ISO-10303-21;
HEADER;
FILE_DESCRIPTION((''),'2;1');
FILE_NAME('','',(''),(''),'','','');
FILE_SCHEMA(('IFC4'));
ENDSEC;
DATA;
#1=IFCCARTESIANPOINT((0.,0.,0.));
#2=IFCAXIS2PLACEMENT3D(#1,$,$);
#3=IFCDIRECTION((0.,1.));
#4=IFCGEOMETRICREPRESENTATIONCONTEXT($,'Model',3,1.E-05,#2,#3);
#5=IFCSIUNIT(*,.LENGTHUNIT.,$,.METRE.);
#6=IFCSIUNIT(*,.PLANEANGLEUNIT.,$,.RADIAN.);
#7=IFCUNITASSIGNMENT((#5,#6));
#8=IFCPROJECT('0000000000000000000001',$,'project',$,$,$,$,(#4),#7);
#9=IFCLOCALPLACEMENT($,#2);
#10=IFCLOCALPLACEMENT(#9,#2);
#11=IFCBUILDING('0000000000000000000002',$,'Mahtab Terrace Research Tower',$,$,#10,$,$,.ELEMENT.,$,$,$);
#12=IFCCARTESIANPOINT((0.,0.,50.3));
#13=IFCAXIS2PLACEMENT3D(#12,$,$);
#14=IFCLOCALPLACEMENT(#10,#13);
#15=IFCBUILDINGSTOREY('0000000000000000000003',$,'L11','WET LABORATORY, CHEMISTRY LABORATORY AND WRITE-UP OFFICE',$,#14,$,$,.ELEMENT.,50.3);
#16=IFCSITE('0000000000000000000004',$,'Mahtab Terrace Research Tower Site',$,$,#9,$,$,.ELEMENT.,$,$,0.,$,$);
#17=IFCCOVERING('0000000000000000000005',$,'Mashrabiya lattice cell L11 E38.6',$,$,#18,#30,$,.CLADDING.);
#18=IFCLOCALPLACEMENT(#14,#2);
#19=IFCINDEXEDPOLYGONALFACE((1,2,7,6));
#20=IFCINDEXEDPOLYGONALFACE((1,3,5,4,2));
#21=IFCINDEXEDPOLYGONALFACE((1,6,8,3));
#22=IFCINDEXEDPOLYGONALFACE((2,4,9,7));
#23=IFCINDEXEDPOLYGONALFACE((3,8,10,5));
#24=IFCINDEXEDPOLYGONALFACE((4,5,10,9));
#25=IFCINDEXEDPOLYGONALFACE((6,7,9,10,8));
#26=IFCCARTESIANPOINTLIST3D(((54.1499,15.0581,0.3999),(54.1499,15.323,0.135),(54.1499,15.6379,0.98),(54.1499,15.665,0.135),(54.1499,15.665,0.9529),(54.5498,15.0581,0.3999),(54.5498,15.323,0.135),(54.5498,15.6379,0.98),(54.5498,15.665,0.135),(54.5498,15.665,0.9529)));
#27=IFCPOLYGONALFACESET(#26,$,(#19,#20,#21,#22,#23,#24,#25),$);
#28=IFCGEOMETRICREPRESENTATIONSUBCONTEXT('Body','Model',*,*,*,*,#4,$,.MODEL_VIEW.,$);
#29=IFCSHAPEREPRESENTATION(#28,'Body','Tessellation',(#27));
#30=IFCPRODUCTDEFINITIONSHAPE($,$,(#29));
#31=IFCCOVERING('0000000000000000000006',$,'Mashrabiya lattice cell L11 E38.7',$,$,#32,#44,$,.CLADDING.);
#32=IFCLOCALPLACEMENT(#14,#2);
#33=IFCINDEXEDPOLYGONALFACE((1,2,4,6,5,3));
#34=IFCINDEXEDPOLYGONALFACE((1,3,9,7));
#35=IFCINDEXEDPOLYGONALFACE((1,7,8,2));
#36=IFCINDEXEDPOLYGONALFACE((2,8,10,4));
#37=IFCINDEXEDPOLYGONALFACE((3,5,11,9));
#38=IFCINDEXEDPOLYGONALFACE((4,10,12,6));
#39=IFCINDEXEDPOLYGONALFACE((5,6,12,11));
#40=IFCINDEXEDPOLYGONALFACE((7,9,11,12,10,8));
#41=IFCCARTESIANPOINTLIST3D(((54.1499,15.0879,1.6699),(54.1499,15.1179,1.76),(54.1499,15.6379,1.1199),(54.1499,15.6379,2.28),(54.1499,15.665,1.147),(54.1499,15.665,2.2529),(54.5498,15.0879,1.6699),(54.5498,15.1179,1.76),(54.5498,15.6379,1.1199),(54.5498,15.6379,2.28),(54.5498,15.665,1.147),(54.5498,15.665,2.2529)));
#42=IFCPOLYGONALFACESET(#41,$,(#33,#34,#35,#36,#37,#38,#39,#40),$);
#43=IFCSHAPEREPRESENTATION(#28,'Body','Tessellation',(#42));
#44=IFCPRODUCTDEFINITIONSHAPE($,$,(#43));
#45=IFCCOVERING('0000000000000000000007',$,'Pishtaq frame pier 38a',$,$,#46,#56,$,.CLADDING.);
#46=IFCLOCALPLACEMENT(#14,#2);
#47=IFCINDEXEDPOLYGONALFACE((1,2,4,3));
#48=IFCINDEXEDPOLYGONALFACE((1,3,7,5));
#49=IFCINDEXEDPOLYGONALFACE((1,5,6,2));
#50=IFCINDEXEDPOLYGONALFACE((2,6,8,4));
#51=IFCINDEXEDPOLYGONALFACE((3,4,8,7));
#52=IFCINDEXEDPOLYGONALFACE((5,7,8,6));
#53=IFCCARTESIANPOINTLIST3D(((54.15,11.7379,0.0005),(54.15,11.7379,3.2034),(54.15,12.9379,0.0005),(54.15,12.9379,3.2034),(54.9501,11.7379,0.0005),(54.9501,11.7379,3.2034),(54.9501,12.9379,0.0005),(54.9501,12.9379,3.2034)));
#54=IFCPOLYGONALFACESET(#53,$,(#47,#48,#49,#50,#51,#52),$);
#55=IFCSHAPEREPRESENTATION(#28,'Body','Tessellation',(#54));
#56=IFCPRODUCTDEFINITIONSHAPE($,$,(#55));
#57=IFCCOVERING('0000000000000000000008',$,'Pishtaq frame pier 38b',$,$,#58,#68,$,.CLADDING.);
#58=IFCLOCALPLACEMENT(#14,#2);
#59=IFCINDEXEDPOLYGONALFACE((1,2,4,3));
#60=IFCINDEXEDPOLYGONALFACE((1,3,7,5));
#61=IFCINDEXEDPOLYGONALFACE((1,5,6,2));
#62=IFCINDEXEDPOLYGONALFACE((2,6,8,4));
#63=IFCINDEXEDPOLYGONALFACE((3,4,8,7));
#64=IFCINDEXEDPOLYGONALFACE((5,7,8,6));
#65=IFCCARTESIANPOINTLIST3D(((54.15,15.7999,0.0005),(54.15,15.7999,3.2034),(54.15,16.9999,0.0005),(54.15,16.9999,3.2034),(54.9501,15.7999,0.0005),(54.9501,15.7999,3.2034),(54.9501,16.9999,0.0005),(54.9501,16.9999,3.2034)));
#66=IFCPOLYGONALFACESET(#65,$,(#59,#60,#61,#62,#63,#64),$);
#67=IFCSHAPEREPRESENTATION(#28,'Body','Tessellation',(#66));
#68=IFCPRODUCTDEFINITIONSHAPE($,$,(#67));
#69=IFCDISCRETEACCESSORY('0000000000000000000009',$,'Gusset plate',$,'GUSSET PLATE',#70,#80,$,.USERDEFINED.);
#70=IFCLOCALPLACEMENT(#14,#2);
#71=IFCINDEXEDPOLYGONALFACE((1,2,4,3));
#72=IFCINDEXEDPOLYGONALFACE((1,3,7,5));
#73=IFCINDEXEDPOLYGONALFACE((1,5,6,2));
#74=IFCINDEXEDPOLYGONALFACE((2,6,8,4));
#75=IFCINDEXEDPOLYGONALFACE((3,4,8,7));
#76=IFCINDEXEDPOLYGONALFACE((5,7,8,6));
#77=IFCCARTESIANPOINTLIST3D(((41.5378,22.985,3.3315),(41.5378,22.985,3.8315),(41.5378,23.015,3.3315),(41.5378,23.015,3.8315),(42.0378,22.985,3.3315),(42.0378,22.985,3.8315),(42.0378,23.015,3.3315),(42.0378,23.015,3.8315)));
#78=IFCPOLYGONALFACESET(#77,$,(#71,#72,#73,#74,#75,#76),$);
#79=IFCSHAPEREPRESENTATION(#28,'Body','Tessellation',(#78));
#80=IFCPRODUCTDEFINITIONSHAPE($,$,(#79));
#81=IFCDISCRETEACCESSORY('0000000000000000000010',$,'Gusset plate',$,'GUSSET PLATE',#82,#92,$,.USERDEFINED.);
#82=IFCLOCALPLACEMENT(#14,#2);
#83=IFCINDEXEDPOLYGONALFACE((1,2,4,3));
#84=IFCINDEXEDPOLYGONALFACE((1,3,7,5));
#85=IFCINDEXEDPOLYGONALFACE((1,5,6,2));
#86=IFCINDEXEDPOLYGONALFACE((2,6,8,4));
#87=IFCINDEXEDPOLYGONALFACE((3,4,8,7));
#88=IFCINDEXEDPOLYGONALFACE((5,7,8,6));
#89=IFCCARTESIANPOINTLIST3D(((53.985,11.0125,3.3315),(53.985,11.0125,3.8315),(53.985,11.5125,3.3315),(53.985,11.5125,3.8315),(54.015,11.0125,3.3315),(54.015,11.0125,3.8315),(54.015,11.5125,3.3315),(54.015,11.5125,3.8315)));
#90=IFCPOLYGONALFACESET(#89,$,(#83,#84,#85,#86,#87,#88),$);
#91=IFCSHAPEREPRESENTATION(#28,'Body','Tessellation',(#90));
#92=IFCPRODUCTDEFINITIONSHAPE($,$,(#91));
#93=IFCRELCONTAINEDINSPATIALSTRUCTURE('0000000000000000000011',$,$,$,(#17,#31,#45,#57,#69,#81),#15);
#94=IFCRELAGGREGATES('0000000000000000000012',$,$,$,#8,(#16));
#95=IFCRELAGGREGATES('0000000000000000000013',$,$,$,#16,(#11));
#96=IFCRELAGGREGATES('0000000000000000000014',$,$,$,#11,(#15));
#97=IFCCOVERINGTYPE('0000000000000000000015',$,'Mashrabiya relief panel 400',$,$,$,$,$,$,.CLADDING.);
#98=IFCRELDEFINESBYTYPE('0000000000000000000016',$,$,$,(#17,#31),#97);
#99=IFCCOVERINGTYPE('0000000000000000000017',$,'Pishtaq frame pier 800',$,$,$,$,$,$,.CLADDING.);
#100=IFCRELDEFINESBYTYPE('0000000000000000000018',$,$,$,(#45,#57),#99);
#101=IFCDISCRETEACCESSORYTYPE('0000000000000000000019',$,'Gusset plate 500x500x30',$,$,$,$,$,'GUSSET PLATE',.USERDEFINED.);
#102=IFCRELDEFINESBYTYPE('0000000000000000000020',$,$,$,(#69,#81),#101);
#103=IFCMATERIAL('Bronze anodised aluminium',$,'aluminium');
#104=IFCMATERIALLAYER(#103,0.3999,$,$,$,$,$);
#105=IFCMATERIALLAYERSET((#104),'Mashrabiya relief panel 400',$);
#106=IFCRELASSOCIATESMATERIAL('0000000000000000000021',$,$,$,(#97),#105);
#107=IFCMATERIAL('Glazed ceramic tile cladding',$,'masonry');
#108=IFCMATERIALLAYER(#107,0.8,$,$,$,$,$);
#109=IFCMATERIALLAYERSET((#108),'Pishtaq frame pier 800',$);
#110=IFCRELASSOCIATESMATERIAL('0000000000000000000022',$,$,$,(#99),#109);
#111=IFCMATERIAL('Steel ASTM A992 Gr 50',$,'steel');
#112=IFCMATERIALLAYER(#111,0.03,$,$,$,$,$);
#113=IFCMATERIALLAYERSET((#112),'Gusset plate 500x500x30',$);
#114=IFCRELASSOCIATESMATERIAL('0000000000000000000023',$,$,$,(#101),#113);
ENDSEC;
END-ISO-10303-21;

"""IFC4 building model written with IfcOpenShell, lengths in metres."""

from ifc_helpers import new_model, si_unit, direction, frame, origin, origin_2d, place, context, subcontext, project, spatial, polyline, rectangle, outline, extrude, material, layer, layer_set, type_object, element, save


model = new_model("IFC4")

# Units and contexts
model_context = context("Model", 3, precision=1e-05, world=origin(), true_north=direction((0.0, 1.0)))
body_context = subcontext(model_context, "Body", "Model", "MODEL_VIEW")
ifc_project = project(units=[si_unit("LENGTHUNIT", "METRE"), si_unit("PLANEANGLEUNIT", "RADIAN")], contexts=[model_context])

# Site, building, storey
site_placement = place(None, origin())
site = spatial("IfcSite", under=ifc_project, at=site_placement, Name="Mahtab Terrace Research Tower Site", CompositionType="ELEMENT", RefElevation=0.0)
building_placement = place(site_placement, origin())
building = spatial("IfcBuilding", under=site, at=building_placement, Name="Mahtab Terrace Research Tower", CompositionType="ELEMENT")
storey_placement = place(building_placement, frame((0.0, 0.0, 50.3)))
storey = spatial("IfcBuildingStorey", under=building, at=storey_placement, Name="L11", Description="WET LABORATORY, CHEMISTRY LABORATORY AND WRITE-UP OFFICE", CompositionType="ELEMENT", Elevation=50.3)

# Shared definitions
ifc_material_1 = material(Name="Steel ASTM A992 Gr 50", Category="steel")

# Coverings
ifc_material_2 = material(Name="Bronze anodised aluminium", Category="aluminium")
ifc_layer_1 = layer(ifc_material_2, 0.3999)
ifc_layer_set_1 = layer_set([ifc_layer_1], Name="Mashrabiya relief panel 400")
covering_type_1 = type_object("IfcCoveringType", Name="Mashrabiya relief panel 400", PredefinedType="CLADDING", material=ifc_layer_set_1)
covering_1_placement = place(storey_placement, frame((54.1499, 15.0581, 0.3999), z_axis=(-1.0, 0.0, 0.0), x_axis=(0.0, 0.706958, 0.707256)))
element("IfcCovering", 1, at=covering_1_placement, inside=storey, type_object=covering_type_1, Name="Mashrabiya lattice cell L11 E38.6", PredefinedType="CLADDING", context=body_context, shape_type="SweptSolid", body=[
    extrude(outline(polyline([(0.0, 0.0), (0.8202, 0.0), (0.8202, 0.0383), (0.2417, 0.6165), (-0.0001, 0.3746), (0.0, 0.0)])), origin(), (0.0, 0.0, -1.0), 0.3999),
])
covering_2_placement = place(storey_placement, frame((54.1499, 15.6379, 1.1199), z_axis=(-1.0, 0.0, 0.0), x_axis=(0.0, -0.707107, 0.707107)))
element("IfcCovering", 2, at=covering_2_placement, inside=storey, type_object=covering_type_1, Name="Mashrabiya lattice cell L11 E38.7", PredefinedType="CLADDING", context=body_context, shape_type="SweptSolid", body=[
    extrude(outline(polyline([(0.0, 0.0), (0.7779, 0.0), (0.8204, 0.0849), (0.8204, 0.8204), (0.782, 0.8204), (0.0, 0.0383), (0.0, 0.0)])), origin(), (0.0, 0.0, -1.0), 0.3999),
])
ifc_material_3 = material(Name="Glazed ceramic tile cladding", Category="masonry")
ifc_layer_2 = layer(ifc_material_3, 0.8)
ifc_layer_set_2 = layer_set([ifc_layer_2], Name="Pishtaq frame pier 800")
covering_type_2 = type_object("IfcCoveringType", Name="Pishtaq frame pier 800", PredefinedType="CLADDING", material=ifc_layer_set_2)
for number, where, z_axis, x_axis, name in (
    (3, (54.55, 12.3379, 0.0005), (0.0, 0.0, 1.0), (0.0, 1.0, 0.0), "Pishtaq frame pier 38a"),
    (4, (54.55, 16.3999, 0.0005), (0.0, 0.0, 1.0), (0.0, 1.0, 0.0), "Pishtaq frame pier 38b"),
):
    element("IfcCovering", number, at=place(storey_placement, frame(where, z_axis=z_axis, x_axis=x_axis)), inside=storey, type_object=covering_type_2, Name=name, PredefinedType="CLADDING", context=body_context, shape_type="SweptSolid", body=[
        extrude(rectangle(XDim=1.2, YDim=0.8, at=origin_2d()), origin(), (0.0, 0.0, 1.0), 3.2029),
    ])

# Discrete accessories
ifc_layer_3 = layer(ifc_material_1, 0.03)
ifc_layer_set_3 = layer_set([ifc_layer_3], Name="Gusset plate 500x500x30")
discrete_accessory_type = type_object("IfcDiscreteAccessoryType", Name="Gusset plate 500x500x30", ElementType="GUSSET PLATE", PredefinedType="USERDEFINED", material=ifc_layer_set_3)
for number, where, z_axis, x_axis, name in (
    (5, (41.7878, 23.0, 3.3315), (0.0, 0.0, 1.0), (1.0, 0.0, 0.0), "Gusset plate"),
    (6, (54.0, 11.2625, 3.3315), (0.0, 0.0, 1.0), (0.0, 1.0, 0.0), "Gusset plate"),
):
    element("IfcDiscreteAccessory", number, at=place(storey_placement, frame(where, z_axis=z_axis, x_axis=x_axis)), inside=storey, type_object=discrete_accessory_type, Name=name, ObjectType="GUSSET PLATE", PredefinedType="USERDEFINED", context=body_context, shape_type="SweptSolid", body=[
        extrude(rectangle(XDim=0.5, YDim=0.03, at=origin_2d()), origin(), (0.0, 0.0, 1.0), 0.5),
    ])

save(model, "model.ifc")
